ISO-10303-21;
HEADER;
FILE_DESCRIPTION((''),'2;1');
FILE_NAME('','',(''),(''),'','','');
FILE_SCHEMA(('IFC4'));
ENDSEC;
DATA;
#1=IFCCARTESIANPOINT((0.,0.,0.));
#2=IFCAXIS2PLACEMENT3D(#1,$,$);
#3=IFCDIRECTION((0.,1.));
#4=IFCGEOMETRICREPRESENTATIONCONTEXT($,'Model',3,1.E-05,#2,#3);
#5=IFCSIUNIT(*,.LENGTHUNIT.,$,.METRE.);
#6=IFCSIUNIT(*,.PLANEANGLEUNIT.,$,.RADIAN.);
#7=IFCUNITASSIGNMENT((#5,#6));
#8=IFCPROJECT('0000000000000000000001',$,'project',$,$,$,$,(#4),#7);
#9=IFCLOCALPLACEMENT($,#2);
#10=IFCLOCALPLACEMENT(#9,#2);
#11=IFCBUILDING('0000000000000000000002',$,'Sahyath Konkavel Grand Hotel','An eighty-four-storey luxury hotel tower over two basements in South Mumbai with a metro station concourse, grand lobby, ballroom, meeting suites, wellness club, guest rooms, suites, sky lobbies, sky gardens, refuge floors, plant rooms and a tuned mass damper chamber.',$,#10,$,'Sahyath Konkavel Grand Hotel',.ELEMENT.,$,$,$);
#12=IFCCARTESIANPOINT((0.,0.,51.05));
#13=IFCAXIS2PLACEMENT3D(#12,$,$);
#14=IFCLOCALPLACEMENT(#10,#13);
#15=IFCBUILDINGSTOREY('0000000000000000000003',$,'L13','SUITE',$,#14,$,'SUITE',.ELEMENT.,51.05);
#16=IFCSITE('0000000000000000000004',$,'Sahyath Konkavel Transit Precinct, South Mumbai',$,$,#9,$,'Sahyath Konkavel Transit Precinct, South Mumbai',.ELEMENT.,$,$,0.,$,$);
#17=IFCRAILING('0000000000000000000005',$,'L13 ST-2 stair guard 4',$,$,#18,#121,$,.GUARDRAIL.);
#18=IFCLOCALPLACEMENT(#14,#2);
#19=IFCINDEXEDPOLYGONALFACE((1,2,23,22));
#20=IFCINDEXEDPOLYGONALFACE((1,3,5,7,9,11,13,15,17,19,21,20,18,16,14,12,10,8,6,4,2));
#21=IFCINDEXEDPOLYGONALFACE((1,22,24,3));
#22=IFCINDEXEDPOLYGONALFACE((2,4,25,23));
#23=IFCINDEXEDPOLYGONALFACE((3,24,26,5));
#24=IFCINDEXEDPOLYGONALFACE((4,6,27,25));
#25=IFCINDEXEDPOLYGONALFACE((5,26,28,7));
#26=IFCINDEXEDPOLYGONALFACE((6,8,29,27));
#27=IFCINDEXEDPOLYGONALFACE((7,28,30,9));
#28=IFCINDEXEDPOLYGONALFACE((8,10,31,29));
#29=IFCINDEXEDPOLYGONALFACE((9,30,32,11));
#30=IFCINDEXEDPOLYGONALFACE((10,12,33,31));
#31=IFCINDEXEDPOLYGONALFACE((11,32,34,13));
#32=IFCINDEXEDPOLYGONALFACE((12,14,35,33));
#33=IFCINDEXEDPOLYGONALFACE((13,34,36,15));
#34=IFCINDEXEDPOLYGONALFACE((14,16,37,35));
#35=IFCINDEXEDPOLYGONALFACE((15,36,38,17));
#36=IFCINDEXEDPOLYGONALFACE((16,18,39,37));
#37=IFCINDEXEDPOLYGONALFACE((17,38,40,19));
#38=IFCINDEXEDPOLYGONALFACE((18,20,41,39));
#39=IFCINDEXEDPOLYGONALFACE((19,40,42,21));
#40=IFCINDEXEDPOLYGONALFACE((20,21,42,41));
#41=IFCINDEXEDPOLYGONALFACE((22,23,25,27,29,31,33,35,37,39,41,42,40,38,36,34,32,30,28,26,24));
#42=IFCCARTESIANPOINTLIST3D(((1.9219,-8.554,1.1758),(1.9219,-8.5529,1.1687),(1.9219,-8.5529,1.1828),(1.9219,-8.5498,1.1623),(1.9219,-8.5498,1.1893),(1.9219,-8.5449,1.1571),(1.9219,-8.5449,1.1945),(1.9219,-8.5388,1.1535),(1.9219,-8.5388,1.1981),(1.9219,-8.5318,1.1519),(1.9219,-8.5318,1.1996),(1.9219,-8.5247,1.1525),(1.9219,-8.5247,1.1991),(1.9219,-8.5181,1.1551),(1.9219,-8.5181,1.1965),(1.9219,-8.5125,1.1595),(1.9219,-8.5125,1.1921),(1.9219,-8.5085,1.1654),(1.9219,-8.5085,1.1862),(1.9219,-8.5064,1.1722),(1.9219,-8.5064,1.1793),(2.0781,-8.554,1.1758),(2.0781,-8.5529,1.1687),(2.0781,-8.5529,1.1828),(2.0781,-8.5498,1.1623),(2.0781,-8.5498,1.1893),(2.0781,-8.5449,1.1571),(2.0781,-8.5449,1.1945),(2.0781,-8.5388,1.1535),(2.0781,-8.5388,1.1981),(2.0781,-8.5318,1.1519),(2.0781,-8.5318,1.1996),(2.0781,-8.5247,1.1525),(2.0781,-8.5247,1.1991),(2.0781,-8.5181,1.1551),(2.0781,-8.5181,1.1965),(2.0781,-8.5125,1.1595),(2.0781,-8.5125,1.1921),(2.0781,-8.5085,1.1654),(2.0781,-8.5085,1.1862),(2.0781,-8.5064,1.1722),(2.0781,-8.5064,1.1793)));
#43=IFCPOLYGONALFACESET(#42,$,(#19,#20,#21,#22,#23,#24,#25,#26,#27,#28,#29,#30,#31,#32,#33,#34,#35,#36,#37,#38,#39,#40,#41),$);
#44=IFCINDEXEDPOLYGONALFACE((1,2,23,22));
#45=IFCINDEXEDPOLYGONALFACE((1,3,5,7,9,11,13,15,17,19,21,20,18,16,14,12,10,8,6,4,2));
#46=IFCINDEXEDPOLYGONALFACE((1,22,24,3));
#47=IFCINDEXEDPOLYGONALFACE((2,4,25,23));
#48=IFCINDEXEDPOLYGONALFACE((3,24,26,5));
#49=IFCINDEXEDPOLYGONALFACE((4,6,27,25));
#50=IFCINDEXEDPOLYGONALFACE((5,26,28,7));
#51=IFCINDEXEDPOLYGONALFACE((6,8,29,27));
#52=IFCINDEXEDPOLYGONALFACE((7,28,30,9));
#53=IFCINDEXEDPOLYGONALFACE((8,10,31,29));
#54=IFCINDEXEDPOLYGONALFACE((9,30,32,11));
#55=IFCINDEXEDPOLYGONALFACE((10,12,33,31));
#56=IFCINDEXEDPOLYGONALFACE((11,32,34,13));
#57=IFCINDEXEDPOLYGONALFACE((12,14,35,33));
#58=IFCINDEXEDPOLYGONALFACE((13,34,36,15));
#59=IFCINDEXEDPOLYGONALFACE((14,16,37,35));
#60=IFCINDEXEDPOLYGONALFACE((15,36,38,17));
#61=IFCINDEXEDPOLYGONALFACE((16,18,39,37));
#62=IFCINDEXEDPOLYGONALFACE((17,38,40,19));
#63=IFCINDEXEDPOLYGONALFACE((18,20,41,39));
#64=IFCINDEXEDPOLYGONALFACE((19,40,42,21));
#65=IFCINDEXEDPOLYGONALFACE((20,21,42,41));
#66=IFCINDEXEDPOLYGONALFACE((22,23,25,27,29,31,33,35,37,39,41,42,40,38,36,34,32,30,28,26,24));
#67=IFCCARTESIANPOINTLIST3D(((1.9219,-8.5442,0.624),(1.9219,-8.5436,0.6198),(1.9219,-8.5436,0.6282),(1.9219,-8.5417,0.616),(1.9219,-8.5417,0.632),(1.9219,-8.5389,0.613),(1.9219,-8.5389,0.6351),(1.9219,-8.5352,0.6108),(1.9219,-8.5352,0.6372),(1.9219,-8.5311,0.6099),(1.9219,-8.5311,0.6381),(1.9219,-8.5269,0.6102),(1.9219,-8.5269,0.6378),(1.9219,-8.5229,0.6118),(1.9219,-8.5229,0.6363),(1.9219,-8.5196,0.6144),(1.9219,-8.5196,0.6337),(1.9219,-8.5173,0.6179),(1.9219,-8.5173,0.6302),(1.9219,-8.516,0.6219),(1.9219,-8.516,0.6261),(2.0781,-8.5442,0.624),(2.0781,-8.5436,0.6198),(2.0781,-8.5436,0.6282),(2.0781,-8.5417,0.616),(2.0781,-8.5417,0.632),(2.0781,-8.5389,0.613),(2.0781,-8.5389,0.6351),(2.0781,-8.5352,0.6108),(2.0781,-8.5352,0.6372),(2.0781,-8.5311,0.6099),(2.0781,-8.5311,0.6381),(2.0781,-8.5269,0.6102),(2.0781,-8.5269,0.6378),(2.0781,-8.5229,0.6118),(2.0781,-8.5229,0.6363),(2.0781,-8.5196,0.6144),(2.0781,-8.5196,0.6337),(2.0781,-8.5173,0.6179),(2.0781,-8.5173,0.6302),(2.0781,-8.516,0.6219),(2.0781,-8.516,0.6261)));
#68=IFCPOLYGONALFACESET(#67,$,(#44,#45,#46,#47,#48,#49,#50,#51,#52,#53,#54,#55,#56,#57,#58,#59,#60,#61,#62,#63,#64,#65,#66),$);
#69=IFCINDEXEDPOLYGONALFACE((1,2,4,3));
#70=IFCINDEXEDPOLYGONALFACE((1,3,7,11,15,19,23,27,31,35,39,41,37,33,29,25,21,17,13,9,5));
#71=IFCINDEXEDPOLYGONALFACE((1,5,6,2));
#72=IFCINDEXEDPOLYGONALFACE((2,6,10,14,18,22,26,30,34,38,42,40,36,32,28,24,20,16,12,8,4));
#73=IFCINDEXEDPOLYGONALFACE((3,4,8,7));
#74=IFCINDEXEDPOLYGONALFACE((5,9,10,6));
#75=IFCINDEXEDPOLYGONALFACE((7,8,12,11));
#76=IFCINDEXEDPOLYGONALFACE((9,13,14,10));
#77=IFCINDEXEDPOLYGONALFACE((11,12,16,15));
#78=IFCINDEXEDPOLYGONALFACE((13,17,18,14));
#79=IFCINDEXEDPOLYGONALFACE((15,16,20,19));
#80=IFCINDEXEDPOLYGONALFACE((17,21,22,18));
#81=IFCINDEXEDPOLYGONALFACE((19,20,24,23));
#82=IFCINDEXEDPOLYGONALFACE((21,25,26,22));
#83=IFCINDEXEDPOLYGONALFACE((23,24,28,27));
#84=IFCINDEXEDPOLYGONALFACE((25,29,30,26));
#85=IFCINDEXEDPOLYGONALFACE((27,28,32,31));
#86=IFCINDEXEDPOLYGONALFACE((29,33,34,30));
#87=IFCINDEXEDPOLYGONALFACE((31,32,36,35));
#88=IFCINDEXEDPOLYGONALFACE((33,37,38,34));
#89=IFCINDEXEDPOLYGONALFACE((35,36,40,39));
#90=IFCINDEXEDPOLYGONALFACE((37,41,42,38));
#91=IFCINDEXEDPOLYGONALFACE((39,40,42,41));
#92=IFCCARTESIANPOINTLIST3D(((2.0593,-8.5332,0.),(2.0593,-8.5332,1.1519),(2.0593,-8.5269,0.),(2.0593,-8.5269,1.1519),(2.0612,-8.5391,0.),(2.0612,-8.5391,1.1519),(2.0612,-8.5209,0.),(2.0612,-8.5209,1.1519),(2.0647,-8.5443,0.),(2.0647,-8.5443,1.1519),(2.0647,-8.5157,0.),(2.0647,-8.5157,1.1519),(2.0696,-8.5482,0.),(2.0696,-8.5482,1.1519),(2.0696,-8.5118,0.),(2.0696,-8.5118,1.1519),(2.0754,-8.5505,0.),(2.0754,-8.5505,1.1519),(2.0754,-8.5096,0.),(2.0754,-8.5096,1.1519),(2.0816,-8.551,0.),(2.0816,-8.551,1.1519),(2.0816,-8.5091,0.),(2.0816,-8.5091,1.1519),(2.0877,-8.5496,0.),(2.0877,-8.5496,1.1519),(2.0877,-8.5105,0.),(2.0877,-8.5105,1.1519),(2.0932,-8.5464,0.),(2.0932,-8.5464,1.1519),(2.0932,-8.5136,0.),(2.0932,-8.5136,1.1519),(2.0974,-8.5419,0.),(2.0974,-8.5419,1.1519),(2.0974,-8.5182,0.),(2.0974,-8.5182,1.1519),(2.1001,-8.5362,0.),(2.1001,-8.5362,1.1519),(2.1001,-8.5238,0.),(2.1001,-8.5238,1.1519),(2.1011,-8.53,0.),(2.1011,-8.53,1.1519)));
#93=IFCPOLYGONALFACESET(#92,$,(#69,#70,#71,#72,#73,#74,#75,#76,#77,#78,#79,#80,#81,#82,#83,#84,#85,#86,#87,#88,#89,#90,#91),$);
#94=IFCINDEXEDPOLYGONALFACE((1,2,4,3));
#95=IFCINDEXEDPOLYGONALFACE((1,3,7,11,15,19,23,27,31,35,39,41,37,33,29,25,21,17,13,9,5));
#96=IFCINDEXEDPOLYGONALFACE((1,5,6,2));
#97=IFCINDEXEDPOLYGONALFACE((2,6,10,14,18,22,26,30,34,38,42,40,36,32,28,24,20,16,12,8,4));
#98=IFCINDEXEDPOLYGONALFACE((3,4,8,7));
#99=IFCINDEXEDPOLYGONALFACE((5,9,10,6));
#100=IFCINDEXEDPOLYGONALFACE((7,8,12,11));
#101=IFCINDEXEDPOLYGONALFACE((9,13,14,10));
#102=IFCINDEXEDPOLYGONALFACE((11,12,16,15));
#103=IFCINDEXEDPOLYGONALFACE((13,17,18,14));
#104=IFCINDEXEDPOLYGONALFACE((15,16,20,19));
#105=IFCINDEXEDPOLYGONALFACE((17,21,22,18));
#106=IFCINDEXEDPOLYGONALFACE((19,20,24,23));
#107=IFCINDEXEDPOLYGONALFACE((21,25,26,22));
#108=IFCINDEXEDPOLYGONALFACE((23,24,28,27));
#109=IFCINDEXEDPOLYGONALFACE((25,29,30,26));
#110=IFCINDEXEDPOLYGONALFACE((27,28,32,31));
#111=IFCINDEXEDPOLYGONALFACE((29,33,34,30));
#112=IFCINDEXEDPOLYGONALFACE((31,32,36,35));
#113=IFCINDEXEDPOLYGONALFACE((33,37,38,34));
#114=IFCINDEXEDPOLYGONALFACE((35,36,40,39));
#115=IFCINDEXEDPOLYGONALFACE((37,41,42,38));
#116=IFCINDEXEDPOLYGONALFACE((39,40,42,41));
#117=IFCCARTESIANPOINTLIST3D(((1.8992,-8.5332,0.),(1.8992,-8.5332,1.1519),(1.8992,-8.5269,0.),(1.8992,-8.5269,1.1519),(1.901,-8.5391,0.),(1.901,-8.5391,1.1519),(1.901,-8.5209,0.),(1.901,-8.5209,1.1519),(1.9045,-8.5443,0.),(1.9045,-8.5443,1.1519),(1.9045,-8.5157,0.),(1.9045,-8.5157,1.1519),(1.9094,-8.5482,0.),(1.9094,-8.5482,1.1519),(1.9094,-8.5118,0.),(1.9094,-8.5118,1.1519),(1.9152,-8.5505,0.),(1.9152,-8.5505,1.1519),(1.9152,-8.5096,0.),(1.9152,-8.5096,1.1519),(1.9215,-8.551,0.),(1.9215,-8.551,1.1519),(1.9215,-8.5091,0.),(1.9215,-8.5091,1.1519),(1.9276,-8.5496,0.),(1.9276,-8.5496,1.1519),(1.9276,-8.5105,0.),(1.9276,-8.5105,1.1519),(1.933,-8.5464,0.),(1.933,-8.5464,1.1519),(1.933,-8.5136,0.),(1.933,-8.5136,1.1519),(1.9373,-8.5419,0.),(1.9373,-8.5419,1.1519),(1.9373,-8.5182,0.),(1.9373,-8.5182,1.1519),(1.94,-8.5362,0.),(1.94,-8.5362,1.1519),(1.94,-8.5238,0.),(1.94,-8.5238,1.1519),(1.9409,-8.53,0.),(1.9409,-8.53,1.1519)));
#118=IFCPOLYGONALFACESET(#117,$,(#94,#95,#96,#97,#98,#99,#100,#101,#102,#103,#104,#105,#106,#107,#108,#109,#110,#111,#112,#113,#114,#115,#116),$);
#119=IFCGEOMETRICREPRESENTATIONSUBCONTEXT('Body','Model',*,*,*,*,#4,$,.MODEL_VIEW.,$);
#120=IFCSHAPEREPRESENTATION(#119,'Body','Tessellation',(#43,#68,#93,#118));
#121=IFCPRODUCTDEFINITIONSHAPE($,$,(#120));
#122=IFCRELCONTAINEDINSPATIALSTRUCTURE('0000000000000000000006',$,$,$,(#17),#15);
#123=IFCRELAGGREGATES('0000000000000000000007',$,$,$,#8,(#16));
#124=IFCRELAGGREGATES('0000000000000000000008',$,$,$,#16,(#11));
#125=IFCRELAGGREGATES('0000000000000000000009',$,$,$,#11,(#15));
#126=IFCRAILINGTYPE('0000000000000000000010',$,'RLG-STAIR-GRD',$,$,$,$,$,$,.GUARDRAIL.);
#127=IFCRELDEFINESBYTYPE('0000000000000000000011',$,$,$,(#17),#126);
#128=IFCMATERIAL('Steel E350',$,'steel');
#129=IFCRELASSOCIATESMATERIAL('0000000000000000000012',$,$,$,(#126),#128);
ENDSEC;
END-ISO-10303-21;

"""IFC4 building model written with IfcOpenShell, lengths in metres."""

from ifc_helpers import new_model, si_unit, direction, frame, origin, origin_2d, place, context, subcontext, project, spatial, circle, extrude, material, type_object, element, save


model = new_model("IFC4")

# Units and contexts
model_context = context("Model", 3, precision=1e-05, world=origin(), true_north=direction((0.0, 1.0)))
body_context = subcontext(model_context, "Body", "Model", "MODEL_VIEW")
ifc_project = project(units=[si_unit("LENGTHUNIT", "METRE"), si_unit("PLANEANGLEUNIT", "RADIAN")], contexts=[model_context])

# Site, building, storey
site_placement = place(None, origin())
site = spatial("IfcSite", under=ifc_project, at=site_placement, Name="Sahyath Konkavel Transit Precinct, South Mumbai", LongName="Sahyath Konkavel Transit Precinct, South Mumbai", CompositionType="ELEMENT", RefElevation=0.0)
building_placement = place(site_placement, origin())
building = spatial("IfcBuilding", under=site, at=building_placement, Name="Sahyath Konkavel Grand Hotel", Description="An eighty-four-storey luxury hotel tower over two basements in South Mumbai with a metro station concourse, grand lobby, ballroom, meeting suites, wellness club, guest rooms, suites, sky lobbies, sky gardens, refuge floors, plant rooms and a tuned mass damper chamber.", LongName="Sahyath Konkavel Grand Hotel", CompositionType="ELEMENT")
storey_placement = place(building_placement, frame((0.0, 0.0, 51.05)))
storey = spatial("IfcBuildingStorey", under=building, at=storey_placement, Name="L13", Description="SUITE", LongName="SUITE", CompositionType="ELEMENT", Elevation=51.05)

# Shared definitions
ifc_material_1 = material(Name="Steel E350", Category="steel")

# Railing
railing_type_1 = type_object("IfcRailingType", Name="RLG-STAIR-GRD", PredefinedType="GUARDRAIL", material=ifc_material_1)
railing_1_placement = place(storey_placement, frame((2.0801, -8.53, 0.0)))
element("IfcRailing", 1, at=railing_1_placement, inside=storey, type_object=railing_type_1, Name="L13 ST-2 stair guard 4", PredefinedType="GUARDRAIL", context=body_context, shape_type="SweptSolid", body=[
    extrude(circle(Radius=0.0239, at=origin_2d()), frame((-0.002, 0.0, 1.1758), z_axis=(-1.0, 0.0, 0.0), x_axis=(0.0, -1.0, 0.0)), (0.0, 0.0, 1.0), 0.1562),
    extrude(circle(Radius=0.0142, at=origin_2d()), frame((-0.002, 0.0, 0.624), z_axis=(-1.0, 0.0, 0.0), x_axis=(0.0, -1.0, 0.0)), (0.0, 0.0, 1.0), 0.1562),
    extrude(circle(Radius=0.021, at=origin_2d()), origin(), (0.0, 0.0, 1.0), 1.1519),
    extrude(circle(Radius=0.021, at=origin_2d()), frame((-0.1602, 0.0, 0.0)), (0.0, 0.0, 1.0), 1.1519),
])

save(model, "model.ifc")
